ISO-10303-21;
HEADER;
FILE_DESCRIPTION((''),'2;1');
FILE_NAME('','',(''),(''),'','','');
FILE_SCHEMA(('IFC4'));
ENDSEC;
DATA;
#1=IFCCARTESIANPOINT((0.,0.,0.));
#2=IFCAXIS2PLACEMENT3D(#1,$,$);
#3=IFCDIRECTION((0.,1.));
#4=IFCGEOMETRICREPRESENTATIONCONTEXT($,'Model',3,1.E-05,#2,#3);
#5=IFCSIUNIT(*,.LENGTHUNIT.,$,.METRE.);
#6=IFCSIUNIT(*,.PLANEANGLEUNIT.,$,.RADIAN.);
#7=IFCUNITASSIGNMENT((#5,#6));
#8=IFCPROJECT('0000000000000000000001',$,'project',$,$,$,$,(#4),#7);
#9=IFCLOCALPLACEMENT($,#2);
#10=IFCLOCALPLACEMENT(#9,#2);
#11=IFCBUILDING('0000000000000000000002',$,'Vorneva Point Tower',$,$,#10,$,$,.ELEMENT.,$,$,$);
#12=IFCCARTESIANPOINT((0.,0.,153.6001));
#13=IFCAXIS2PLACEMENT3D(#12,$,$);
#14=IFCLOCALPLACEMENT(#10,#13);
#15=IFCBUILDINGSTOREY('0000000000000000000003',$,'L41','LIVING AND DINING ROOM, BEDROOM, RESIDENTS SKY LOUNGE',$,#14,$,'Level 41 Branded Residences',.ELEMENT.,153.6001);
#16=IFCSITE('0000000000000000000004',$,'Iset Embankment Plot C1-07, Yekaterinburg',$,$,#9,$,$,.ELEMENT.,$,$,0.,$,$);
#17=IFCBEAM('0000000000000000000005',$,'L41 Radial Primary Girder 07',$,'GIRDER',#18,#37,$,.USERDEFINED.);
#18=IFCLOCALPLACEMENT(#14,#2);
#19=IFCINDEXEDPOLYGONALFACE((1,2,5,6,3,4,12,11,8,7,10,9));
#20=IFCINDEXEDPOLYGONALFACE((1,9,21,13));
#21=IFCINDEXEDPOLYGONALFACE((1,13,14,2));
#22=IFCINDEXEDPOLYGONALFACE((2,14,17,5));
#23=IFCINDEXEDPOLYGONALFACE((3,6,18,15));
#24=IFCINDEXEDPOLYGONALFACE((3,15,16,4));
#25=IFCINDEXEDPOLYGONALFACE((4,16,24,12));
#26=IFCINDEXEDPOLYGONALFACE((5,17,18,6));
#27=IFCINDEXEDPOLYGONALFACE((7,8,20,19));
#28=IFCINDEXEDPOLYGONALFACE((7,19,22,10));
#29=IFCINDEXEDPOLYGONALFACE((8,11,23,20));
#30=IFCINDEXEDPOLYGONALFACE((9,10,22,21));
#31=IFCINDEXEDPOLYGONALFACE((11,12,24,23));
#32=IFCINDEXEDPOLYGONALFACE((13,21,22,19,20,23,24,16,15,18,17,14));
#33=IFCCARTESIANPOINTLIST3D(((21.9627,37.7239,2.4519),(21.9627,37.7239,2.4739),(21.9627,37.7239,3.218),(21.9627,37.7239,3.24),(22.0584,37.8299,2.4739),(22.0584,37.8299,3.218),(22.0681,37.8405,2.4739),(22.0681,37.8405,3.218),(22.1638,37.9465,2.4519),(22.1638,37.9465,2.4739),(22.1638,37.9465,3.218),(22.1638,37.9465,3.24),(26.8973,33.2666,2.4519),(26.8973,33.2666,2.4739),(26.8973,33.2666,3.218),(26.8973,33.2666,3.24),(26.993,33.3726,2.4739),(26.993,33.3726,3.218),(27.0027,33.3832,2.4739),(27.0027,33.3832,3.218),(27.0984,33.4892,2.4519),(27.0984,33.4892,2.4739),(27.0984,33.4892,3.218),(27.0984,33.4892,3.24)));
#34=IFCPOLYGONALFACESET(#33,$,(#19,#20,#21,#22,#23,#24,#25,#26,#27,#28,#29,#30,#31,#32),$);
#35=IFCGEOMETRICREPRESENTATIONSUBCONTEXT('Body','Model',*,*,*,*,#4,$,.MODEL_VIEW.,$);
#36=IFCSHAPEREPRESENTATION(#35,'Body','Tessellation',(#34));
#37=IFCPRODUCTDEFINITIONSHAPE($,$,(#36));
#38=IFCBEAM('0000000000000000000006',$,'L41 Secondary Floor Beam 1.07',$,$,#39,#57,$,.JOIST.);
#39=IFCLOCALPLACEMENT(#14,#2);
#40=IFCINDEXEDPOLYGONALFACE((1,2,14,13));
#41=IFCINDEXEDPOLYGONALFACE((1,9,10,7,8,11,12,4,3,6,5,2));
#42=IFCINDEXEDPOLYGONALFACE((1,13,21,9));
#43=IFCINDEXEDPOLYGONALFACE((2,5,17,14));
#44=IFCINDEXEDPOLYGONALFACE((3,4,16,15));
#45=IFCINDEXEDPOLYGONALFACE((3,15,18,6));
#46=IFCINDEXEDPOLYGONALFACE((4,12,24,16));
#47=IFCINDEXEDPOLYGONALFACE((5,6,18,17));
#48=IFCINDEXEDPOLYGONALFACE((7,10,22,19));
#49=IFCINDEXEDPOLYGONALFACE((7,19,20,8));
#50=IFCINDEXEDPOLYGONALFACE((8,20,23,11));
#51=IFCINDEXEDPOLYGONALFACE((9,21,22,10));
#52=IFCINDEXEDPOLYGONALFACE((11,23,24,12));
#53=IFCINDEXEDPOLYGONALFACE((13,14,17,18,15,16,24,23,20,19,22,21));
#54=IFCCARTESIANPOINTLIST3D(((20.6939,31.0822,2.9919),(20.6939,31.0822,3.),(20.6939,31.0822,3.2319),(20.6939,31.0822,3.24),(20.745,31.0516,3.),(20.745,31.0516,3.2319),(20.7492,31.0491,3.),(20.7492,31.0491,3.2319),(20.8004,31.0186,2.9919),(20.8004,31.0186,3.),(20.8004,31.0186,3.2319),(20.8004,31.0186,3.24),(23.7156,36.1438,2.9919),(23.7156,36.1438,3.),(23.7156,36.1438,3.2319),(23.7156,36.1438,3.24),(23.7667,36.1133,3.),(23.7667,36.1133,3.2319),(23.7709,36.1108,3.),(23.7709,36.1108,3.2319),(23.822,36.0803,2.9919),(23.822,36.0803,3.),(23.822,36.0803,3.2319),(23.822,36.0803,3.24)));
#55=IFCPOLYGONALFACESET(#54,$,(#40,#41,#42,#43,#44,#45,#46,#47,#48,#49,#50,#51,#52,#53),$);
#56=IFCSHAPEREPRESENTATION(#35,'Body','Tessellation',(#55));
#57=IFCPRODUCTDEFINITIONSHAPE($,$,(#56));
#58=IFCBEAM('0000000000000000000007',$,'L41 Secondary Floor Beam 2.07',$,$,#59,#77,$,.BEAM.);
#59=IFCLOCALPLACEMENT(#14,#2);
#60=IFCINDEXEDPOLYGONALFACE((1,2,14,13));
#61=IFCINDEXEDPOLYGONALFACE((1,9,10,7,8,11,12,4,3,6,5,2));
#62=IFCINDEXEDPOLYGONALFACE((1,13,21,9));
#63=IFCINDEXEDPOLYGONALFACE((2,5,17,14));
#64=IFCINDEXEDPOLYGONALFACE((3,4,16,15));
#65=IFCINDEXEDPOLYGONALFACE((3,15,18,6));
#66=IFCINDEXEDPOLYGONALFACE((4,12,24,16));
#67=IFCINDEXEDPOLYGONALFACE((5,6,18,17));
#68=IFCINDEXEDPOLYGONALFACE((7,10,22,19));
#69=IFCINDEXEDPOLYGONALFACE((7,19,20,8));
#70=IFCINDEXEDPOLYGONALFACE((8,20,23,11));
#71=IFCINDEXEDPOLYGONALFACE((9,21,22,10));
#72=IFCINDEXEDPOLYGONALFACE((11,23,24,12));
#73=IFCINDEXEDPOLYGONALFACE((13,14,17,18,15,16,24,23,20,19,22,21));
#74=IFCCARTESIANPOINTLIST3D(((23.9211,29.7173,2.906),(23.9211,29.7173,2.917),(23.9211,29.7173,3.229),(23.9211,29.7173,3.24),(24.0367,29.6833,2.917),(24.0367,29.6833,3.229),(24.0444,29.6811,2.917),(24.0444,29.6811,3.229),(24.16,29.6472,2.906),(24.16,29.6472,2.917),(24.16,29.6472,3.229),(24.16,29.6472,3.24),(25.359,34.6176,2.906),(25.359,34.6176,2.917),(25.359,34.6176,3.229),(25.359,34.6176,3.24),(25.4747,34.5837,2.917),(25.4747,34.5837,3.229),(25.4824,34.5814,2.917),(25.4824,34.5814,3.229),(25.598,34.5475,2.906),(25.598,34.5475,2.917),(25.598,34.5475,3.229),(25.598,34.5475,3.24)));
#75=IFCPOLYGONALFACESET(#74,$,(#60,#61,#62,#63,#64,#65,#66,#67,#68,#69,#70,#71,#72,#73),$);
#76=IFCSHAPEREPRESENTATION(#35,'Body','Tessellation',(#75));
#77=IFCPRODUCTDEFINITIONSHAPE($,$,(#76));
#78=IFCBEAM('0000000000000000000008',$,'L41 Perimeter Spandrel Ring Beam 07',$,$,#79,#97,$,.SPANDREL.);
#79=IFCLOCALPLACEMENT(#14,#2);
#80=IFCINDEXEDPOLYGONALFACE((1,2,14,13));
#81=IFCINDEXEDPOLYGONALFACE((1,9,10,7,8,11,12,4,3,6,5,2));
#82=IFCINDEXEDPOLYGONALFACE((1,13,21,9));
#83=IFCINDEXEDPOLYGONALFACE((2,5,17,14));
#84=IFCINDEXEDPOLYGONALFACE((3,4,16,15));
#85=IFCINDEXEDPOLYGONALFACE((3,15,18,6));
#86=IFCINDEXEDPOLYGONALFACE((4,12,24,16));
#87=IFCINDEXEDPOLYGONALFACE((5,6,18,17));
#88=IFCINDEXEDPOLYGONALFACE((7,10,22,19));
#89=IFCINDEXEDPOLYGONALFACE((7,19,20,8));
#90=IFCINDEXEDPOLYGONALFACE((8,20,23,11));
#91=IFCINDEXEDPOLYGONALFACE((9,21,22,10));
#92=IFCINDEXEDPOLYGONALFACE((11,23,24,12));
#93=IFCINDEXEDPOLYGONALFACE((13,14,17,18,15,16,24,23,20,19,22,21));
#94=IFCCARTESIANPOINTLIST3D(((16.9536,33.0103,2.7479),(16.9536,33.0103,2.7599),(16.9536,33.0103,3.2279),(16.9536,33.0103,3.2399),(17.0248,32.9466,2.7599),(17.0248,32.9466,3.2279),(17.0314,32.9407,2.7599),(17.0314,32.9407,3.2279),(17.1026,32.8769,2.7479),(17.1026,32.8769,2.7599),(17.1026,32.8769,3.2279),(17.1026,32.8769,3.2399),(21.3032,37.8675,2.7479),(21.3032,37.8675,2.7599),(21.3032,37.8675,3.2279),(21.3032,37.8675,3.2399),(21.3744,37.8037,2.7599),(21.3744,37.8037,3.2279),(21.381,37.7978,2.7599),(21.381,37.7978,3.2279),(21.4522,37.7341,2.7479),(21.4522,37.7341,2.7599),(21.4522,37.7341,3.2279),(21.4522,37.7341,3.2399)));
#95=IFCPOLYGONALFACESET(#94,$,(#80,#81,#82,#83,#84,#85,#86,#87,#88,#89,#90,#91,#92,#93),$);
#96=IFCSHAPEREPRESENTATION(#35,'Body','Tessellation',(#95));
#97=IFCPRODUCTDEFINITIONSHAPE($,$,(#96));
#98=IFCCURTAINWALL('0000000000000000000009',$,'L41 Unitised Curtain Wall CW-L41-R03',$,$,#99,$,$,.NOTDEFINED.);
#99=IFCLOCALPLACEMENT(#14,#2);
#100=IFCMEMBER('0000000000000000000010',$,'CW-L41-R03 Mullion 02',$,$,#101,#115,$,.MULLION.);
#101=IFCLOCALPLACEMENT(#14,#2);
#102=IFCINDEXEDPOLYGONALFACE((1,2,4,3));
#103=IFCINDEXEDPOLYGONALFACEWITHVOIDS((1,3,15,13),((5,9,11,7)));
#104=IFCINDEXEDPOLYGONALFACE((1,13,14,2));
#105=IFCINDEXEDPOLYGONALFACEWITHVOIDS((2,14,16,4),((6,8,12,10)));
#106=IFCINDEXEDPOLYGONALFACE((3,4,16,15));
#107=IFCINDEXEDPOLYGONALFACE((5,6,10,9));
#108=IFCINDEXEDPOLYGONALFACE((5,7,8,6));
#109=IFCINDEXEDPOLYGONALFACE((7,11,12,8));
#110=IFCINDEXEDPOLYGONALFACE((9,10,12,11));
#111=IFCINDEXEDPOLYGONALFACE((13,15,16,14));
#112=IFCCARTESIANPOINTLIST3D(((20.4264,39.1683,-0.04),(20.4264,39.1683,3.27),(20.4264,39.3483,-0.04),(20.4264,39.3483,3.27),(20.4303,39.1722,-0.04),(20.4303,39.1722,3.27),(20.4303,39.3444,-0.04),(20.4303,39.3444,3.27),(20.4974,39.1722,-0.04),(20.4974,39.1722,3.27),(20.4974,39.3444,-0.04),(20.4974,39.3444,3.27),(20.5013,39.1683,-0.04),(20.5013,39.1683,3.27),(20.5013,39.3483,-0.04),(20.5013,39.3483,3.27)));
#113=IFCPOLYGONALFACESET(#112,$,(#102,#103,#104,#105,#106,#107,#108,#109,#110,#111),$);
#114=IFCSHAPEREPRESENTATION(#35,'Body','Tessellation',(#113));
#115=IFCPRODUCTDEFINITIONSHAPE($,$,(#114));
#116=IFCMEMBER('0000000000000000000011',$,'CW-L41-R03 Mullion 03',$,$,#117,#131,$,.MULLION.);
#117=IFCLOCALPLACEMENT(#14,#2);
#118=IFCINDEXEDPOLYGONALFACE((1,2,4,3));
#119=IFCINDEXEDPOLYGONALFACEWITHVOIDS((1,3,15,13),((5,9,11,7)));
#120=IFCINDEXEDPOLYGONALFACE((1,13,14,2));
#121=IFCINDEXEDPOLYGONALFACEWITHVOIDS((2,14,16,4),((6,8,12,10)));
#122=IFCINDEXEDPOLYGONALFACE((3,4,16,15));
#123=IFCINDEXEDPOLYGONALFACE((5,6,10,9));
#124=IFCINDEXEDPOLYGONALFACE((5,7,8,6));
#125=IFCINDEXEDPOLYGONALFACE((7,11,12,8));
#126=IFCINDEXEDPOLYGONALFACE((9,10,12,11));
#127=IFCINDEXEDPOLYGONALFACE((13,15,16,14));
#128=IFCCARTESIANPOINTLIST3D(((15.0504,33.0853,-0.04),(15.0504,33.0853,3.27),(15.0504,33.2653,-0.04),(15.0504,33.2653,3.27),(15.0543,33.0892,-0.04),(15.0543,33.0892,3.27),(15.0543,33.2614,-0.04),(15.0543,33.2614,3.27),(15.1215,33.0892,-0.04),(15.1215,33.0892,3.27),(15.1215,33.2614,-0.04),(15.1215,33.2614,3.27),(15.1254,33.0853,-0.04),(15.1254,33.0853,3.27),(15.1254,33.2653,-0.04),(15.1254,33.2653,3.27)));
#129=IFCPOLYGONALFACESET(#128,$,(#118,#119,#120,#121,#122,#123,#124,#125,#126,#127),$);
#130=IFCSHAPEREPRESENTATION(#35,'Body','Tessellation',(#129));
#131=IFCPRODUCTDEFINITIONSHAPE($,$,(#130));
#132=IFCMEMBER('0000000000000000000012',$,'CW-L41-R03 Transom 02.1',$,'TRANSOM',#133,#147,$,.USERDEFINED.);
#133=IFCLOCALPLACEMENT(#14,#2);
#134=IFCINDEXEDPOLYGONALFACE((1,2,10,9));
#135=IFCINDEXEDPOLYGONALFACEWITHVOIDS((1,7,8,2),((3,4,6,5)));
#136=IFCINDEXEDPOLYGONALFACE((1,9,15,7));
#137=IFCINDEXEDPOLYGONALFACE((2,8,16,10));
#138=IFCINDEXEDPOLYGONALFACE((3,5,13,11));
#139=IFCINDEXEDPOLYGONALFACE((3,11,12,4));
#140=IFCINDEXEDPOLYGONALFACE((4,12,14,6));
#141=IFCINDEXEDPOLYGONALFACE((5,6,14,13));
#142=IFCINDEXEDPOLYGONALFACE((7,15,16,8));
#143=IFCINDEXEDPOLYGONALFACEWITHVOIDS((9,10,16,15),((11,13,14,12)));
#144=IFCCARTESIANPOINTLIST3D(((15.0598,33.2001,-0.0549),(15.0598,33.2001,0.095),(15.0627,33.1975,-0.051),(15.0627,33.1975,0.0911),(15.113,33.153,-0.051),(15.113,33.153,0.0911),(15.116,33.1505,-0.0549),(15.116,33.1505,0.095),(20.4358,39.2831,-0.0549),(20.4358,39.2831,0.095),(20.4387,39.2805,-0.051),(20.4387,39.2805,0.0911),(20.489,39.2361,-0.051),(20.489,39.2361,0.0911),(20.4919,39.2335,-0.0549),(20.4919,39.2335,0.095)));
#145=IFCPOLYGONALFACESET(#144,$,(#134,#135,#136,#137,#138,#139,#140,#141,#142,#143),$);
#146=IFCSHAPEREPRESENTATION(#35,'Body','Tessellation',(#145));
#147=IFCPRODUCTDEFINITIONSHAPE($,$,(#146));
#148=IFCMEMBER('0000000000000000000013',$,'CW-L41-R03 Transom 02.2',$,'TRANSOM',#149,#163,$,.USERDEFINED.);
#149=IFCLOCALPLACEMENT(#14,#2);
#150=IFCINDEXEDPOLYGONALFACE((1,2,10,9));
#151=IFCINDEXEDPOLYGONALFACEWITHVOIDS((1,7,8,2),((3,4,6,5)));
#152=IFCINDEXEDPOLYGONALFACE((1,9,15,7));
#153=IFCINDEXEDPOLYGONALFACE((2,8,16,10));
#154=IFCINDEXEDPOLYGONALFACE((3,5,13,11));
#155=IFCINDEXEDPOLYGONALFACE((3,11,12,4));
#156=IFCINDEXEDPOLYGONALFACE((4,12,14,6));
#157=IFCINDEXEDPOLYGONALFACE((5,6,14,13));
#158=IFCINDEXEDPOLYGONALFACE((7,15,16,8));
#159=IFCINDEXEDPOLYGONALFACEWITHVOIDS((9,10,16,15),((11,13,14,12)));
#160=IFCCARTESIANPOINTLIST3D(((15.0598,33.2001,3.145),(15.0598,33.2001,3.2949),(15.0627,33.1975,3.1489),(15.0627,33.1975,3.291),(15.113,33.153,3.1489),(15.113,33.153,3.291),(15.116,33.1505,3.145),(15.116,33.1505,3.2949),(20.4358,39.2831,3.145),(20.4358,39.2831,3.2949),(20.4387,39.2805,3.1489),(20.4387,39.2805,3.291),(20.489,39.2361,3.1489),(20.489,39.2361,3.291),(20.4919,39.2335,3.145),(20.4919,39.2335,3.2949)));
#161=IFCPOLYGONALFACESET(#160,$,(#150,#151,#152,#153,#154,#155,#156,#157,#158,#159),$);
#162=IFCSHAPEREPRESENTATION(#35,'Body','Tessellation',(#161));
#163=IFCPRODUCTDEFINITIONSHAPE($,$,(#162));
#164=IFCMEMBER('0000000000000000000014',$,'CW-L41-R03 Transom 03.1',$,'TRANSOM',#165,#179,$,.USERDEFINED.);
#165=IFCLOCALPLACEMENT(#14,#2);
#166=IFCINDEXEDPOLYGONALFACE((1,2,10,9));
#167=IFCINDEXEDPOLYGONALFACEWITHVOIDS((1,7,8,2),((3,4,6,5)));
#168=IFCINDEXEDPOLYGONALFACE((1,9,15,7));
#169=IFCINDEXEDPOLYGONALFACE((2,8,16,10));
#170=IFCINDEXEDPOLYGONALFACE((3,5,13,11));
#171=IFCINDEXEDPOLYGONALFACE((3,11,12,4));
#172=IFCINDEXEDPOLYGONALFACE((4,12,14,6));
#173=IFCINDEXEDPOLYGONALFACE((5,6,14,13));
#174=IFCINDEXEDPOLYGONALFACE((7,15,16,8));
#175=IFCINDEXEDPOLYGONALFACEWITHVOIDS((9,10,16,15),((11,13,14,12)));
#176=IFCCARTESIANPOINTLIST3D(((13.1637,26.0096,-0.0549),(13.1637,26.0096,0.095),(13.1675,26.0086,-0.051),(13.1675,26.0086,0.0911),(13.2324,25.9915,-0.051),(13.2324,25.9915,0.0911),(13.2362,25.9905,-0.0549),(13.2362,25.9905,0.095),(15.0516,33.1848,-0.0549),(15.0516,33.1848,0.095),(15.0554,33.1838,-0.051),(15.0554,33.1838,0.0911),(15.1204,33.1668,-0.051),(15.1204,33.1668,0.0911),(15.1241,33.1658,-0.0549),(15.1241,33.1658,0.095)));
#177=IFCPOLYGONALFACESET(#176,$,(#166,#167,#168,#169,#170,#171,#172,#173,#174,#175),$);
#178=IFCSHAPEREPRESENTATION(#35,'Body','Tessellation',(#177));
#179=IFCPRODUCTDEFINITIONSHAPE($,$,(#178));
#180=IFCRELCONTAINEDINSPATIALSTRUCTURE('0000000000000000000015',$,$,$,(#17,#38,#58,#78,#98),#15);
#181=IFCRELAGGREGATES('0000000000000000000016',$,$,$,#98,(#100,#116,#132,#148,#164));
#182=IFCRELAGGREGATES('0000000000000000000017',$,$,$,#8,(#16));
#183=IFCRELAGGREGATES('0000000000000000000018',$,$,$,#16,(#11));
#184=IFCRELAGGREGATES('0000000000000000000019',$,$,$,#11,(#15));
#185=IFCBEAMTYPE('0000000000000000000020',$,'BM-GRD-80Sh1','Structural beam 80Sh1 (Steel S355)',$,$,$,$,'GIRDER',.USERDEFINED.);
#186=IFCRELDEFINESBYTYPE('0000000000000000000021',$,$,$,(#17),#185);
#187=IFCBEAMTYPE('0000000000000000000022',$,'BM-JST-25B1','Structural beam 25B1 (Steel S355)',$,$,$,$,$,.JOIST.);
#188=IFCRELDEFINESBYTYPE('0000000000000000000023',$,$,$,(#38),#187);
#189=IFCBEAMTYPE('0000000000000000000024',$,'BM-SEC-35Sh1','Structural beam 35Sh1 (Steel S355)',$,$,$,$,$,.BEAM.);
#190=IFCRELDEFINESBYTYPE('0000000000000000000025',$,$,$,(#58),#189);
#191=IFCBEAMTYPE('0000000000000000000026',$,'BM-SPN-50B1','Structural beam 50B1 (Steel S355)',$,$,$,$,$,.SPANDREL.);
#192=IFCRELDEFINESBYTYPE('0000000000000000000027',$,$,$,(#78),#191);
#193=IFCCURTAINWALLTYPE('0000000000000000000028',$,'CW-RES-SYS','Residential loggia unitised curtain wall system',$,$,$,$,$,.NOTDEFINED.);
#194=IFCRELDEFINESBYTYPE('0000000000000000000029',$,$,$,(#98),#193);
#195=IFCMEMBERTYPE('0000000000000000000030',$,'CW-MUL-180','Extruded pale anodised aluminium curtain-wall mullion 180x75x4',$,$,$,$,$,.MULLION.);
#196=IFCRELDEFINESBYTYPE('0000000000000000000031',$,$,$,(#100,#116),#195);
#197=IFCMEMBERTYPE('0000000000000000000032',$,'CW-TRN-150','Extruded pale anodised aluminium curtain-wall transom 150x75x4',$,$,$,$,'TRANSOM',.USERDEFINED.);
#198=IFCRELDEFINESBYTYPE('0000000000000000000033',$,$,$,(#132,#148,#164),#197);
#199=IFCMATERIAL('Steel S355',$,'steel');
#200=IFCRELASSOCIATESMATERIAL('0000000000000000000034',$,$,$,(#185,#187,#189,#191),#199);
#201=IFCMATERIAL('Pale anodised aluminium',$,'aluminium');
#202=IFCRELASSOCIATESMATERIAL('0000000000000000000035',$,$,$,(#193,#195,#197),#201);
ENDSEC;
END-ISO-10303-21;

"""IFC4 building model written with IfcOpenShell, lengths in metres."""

from ifc_helpers import new_model, si_unit, direction, frame, origin, origin_2d, place, context, subcontext, project, spatial, hollow_rectangle, i_section, extrude, material, material_profile, profile_set, type_object, element, aggregate, save


model = new_model("IFC4")

# Units and contexts
model_context = context("Model", 3, precision=1e-05, world=origin(), true_north=direction((0.0, 1.0)))
body_context = subcontext(model_context, "Body", "Model", "MODEL_VIEW")
ifc_project = project(units=[si_unit("LENGTHUNIT", "METRE"), si_unit("PLANEANGLEUNIT", "RADIAN")], contexts=[model_context])

# Site, building, storey
site_placement = place(None, origin())
site = spatial("IfcSite", under=ifc_project, at=site_placement, Name="Iset Embankment Plot C1-07, Yekaterinburg", CompositionType="ELEMENT", RefElevation=0.0)
building_placement = place(site_placement, origin())
building = spatial("IfcBuilding", under=site, at=building_placement, Name="Vorneva Point Tower", CompositionType="ELEMENT")
storey_placement = place(building_placement, frame((0.0, 0.0, 153.6001)))
storey = spatial("IfcBuildingStorey", under=building, at=storey_placement, Name="L41", Description="LIVING AND DINING ROOM, BEDROOM, RESIDENTS SKY LOUNGE", LongName="Level 41 Branded Residences", CompositionType="ELEMENT", Elevation=153.6001)

# Beams
ifc_material_1 = material(Name="Steel S355", Category="steel")
ifc_material_profile_1 = material_profile(ifc_material_1, i_section(OverallWidth=0.3, OverallDepth=0.7881, WebThickness=0.0144, FlangeThickness=0.022, at=origin_2d()), Name="80Sh1")
ifc_profile_set_1 = profile_set([ifc_material_profile_1], Name="Steel S355")
beam_type_1 = type_object("IfcBeamType", Name="BM-GRD-80Sh1", Description="Structural beam 80Sh1 (Steel S355)", ElementType="GIRDER", PredefinedType="USERDEFINED", material=ifc_profile_set_1)
beam_1_placement = place(storey_placement, frame((22.0632, 37.8352, 2.8459), z_axis=(0.742084, -0.670306, 0.0), x_axis=(0.670306, 0.742084, 0.0)))
element("IfcBeam", 1, at=beam_1_placement, inside=storey, type_object=beam_type_1, Name="L41 Radial Primary Girder 07", ObjectType="GIRDER", PredefinedType="USERDEFINED", context=body_context, shape_type="SweptSolid", body=[
    extrude(i_section(OverallWidth=0.3, OverallDepth=0.7881, WebThickness=0.0144, FlangeThickness=0.022, at=origin_2d()), origin(), (0.0, 0.0, 1.0), 6.6497),
])
ifc_material_profile_2 = material_profile(ifc_material_1, i_section(OverallWidth=0.124, OverallDepth=0.248, WebThickness=0.0049, FlangeThickness=0.0081, at=origin_2d()), Name="25B1")
ifc_profile_set_2 = profile_set([ifc_material_profile_2], Name="Steel S355")
beam_type_2 = type_object("IfcBeamType", Name="BM-JST-25B1", Description="Structural beam 25B1 (Steel S355)", PredefinedType="JOIST", material=ifc_profile_set_2)
beam_2_placement = place(storey_placement, frame((23.7688, 36.1121, 3.116), z_axis=(-0.512582, -0.858638, 0.0), x_axis=(0.858638, -0.512582, 0.0)))
element("IfcBeam", 2, at=beam_2_placement, inside=storey, type_object=beam_type_2, Name="L41 Secondary Floor Beam 1.07", PredefinedType="JOIST", context=body_context, shape_type="SweptSolid", body=[
    extrude(i_section(OverallWidth=0.124, OverallDepth=0.248, WebThickness=0.0049, FlangeThickness=0.0081, at=origin_2d()), origin(), (0.0, 0.0, 1.0), 5.895),
])
ifc_material_profile_3 = material_profile(ifc_material_1, i_section(OverallWidth=0.249, OverallDepth=0.334, WebThickness=0.0081, FlangeThickness=0.011, at=origin_2d()), Name="35Sh1")
ifc_profile_set_3 = profile_set([ifc_material_profile_3], Name="Steel S355")
beam_type_3 = type_object("IfcBeamType", Name="BM-SEC-35Sh1", Description="Structural beam 35Sh1 (Steel S355)", PredefinedType="BEAM", material=ifc_profile_set_3)
beam_3_placement = place(storey_placement, frame((25.4785, 34.5825, 3.073), z_axis=(-0.281571, -0.95954, 0.0), x_axis=(0.95954, -0.281571, 0.0)))
element("IfcBeam", 3, at=beam_3_placement, inside=storey, type_object=beam_type_3, Name="L41 Secondary Floor Beam 2.07", PredefinedType="BEAM", context=body_context, shape_type="SweptSolid", body=[
    extrude(i_section(OverallWidth=0.249, OverallDepth=0.334, WebThickness=0.0081, FlangeThickness=0.011, at=origin_2d()), origin(), (0.0, 0.0, 1.0), 5.1069),
])
ifc_material_profile_4 = material_profile(ifc_material_1, i_section(OverallWidth=0.2, OverallDepth=0.4919, WebThickness=0.0088, FlangeThickness=0.012, at=origin_2d()), Name="50B1")
ifc_profile_set_4 = profile_set([ifc_material_profile_4], Name="Steel S355")
beam_type_4 = type_object("IfcBeamType", Name="BM-SPN-50B1", Description="Structural beam 50B1 (Steel S355)", PredefinedType="SPANDREL", material=ifc_profile_set_4)
beam_4_placement = place(storey_placement, frame((21.3777, 37.8008, 2.9939), z_axis=(-0.667111, -0.744958, 0.0), x_axis=(0.744958, -0.667111, 0.0)))
element("IfcBeam", 4, at=beam_4_placement, inside=storey, type_object=beam_type_4, Name="L41 Perimeter Spandrel Ring Beam 07", PredefinedType="SPANDREL", context=body_context, shape_type="SweptSolid", body=[
    extrude(i_section(OverallWidth=0.2, OverallDepth=0.4919, WebThickness=0.0088, FlangeThickness=0.012, at=origin_2d()), origin(), (0.0, 0.0, 1.0), 6.52),
])

# Curtain wall, members
ifc_material_2 = material(Name="Pale anodised aluminium", Category="aluminium")
curtain_wall_type = type_object("IfcCurtainWallType", Name="CW-RES-SYS", Description="Residential loggia unitised curtain wall system", PredefinedType="NOTDEFINED", material=ifc_material_2)
curtain_wall_placement = place(storey_placement, origin())
curtain_wall = element("IfcCurtainWall", 5, at=curtain_wall_placement, inside=storey, type_object=curtain_wall_type, Name="L41 Unitised Curtain Wall CW-L41-R03", PredefinedType="NOTDEFINED")
ifc_material_profile_5 = material_profile(ifc_material_2, hollow_rectangle(XDim=0.075, YDim=0.1799, WallThickness=0.0039, at=origin_2d()), Name="AL-MUL 180x75x4")
ifc_profile_set_5 = profile_set([ifc_material_profile_5], Name="Pale anodised aluminium")
member_type_1 = type_object("IfcMemberType", Name="CW-MUL-180", Description="Extruded pale anodised aluminium curtain-wall mullion 180x75x4", PredefinedType="MULLION", material=ifc_profile_set_5)
member_1_placement = place(storey_placement, frame((20.4639, 39.2583, -0.04), z_axis=(0.0, 0.0, 1.0), x_axis=(1.0, 0.0, 0.0)))
member_1 = element("IfcMember", 6, at=member_1_placement, type_object=member_type_1, Name="CW-L41-R03 Mullion 02", PredefinedType="MULLION", context=body_context, shape_type="SweptSolid", body=[
    extrude(hollow_rectangle(XDim=0.075, YDim=0.1799, WallThickness=0.0039, at=origin_2d()), origin(), (0.0, 0.0, 1.0), 3.3101),
])
member_2_placement = place(storey_placement, frame((15.0879, 33.1753, -0.04), z_axis=(0.0, 0.0, 1.0), x_axis=(1.0, 0.0, 0.0)))
member_2 = element("IfcMember", 7, at=member_2_placement, type_object=member_type_1, Name="CW-L41-R03 Mullion 03", PredefinedType="MULLION", context=body_context, shape_type="SweptSolid", body=[
    extrude(hollow_rectangle(XDim=0.075, YDim=0.1799, WallThickness=0.0039, at=origin_2d()), origin(), (0.0, 0.0, 1.0), 3.3101),
])
ifc_material_profile_6 = material_profile(ifc_material_2, hollow_rectangle(XDim=0.075, YDim=0.1499, WallThickness=0.0039, at=origin_2d()), Name="AL-TRN 150x75x4")
ifc_profile_set_6 = profile_set([ifc_material_profile_6], Name="Pale anodised aluminium")
member_type_2 = type_object("IfcMemberType", Name="CW-TRN-150", Description="Extruded pale anodised aluminium curtain-wall transom 150x75x4", ElementType="TRANSOM", PredefinedType="USERDEFINED", material=ifc_profile_set_6)
member_3_placement = place(storey_placement, frame((20.4639, 39.2583, 0.02), z_axis=(-0.662218, -0.749311, 0.0), x_axis=(0.749311, -0.662218, 0.0)))
member_3 = element("IfcMember", 8, at=member_3_placement, type_object=member_type_2, Name="CW-L41-R03 Transom 02.1", ObjectType="TRANSOM", PredefinedType="USERDEFINED", context=body_context, shape_type="SweptSolid", body=[
    extrude(hollow_rectangle(XDim=0.075, YDim=0.1499, WallThickness=0.0039, at=origin_2d()), origin(), (0.0, 0.0, 1.0), 8.1182),
])
member_4_placement = place(storey_placement, frame((20.4639, 39.2583, 3.22), z_axis=(-0.662218, -0.749311, 0.0), x_axis=(0.749311, -0.662218, 0.0)))
member_4 = element("IfcMember", 9, at=member_4_placement, type_object=member_type_2, Name="CW-L41-R03 Transom 02.2", ObjectType="TRANSOM", PredefinedType="USERDEFINED", context=body_context, shape_type="SweptSolid", body=[
    extrude(hollow_rectangle(XDim=0.075, YDim=0.1499, WallThickness=0.0039, at=origin_2d()), origin(), (0.0, 0.0, 1.0), 8.1182),
])
member_5_placement = place(storey_placement, frame((15.0879, 33.1753, 0.02), z_axis=(-0.254456, -0.967084, 0.0), x_axis=(0.967084, -0.254456, 0.0)))
member_5 = element("IfcMember", 10, at=member_5_placement, type_object=member_type_2, Name="CW-L41-R03 Transom 03.1", ObjectType="TRANSOM", PredefinedType="USERDEFINED", context=body_context, shape_type="SweptSolid", body=[
    extrude(hollow_rectangle(XDim=0.075, YDim=0.1499, WallThickness=0.0039, at=origin_2d()), origin(), (0.0, 0.0, 1.0), 7.4194),
])
aggregate(curtain_wall, [member_1, member_2, member_3, member_4, member_5])

save(model, "model.ifc")
